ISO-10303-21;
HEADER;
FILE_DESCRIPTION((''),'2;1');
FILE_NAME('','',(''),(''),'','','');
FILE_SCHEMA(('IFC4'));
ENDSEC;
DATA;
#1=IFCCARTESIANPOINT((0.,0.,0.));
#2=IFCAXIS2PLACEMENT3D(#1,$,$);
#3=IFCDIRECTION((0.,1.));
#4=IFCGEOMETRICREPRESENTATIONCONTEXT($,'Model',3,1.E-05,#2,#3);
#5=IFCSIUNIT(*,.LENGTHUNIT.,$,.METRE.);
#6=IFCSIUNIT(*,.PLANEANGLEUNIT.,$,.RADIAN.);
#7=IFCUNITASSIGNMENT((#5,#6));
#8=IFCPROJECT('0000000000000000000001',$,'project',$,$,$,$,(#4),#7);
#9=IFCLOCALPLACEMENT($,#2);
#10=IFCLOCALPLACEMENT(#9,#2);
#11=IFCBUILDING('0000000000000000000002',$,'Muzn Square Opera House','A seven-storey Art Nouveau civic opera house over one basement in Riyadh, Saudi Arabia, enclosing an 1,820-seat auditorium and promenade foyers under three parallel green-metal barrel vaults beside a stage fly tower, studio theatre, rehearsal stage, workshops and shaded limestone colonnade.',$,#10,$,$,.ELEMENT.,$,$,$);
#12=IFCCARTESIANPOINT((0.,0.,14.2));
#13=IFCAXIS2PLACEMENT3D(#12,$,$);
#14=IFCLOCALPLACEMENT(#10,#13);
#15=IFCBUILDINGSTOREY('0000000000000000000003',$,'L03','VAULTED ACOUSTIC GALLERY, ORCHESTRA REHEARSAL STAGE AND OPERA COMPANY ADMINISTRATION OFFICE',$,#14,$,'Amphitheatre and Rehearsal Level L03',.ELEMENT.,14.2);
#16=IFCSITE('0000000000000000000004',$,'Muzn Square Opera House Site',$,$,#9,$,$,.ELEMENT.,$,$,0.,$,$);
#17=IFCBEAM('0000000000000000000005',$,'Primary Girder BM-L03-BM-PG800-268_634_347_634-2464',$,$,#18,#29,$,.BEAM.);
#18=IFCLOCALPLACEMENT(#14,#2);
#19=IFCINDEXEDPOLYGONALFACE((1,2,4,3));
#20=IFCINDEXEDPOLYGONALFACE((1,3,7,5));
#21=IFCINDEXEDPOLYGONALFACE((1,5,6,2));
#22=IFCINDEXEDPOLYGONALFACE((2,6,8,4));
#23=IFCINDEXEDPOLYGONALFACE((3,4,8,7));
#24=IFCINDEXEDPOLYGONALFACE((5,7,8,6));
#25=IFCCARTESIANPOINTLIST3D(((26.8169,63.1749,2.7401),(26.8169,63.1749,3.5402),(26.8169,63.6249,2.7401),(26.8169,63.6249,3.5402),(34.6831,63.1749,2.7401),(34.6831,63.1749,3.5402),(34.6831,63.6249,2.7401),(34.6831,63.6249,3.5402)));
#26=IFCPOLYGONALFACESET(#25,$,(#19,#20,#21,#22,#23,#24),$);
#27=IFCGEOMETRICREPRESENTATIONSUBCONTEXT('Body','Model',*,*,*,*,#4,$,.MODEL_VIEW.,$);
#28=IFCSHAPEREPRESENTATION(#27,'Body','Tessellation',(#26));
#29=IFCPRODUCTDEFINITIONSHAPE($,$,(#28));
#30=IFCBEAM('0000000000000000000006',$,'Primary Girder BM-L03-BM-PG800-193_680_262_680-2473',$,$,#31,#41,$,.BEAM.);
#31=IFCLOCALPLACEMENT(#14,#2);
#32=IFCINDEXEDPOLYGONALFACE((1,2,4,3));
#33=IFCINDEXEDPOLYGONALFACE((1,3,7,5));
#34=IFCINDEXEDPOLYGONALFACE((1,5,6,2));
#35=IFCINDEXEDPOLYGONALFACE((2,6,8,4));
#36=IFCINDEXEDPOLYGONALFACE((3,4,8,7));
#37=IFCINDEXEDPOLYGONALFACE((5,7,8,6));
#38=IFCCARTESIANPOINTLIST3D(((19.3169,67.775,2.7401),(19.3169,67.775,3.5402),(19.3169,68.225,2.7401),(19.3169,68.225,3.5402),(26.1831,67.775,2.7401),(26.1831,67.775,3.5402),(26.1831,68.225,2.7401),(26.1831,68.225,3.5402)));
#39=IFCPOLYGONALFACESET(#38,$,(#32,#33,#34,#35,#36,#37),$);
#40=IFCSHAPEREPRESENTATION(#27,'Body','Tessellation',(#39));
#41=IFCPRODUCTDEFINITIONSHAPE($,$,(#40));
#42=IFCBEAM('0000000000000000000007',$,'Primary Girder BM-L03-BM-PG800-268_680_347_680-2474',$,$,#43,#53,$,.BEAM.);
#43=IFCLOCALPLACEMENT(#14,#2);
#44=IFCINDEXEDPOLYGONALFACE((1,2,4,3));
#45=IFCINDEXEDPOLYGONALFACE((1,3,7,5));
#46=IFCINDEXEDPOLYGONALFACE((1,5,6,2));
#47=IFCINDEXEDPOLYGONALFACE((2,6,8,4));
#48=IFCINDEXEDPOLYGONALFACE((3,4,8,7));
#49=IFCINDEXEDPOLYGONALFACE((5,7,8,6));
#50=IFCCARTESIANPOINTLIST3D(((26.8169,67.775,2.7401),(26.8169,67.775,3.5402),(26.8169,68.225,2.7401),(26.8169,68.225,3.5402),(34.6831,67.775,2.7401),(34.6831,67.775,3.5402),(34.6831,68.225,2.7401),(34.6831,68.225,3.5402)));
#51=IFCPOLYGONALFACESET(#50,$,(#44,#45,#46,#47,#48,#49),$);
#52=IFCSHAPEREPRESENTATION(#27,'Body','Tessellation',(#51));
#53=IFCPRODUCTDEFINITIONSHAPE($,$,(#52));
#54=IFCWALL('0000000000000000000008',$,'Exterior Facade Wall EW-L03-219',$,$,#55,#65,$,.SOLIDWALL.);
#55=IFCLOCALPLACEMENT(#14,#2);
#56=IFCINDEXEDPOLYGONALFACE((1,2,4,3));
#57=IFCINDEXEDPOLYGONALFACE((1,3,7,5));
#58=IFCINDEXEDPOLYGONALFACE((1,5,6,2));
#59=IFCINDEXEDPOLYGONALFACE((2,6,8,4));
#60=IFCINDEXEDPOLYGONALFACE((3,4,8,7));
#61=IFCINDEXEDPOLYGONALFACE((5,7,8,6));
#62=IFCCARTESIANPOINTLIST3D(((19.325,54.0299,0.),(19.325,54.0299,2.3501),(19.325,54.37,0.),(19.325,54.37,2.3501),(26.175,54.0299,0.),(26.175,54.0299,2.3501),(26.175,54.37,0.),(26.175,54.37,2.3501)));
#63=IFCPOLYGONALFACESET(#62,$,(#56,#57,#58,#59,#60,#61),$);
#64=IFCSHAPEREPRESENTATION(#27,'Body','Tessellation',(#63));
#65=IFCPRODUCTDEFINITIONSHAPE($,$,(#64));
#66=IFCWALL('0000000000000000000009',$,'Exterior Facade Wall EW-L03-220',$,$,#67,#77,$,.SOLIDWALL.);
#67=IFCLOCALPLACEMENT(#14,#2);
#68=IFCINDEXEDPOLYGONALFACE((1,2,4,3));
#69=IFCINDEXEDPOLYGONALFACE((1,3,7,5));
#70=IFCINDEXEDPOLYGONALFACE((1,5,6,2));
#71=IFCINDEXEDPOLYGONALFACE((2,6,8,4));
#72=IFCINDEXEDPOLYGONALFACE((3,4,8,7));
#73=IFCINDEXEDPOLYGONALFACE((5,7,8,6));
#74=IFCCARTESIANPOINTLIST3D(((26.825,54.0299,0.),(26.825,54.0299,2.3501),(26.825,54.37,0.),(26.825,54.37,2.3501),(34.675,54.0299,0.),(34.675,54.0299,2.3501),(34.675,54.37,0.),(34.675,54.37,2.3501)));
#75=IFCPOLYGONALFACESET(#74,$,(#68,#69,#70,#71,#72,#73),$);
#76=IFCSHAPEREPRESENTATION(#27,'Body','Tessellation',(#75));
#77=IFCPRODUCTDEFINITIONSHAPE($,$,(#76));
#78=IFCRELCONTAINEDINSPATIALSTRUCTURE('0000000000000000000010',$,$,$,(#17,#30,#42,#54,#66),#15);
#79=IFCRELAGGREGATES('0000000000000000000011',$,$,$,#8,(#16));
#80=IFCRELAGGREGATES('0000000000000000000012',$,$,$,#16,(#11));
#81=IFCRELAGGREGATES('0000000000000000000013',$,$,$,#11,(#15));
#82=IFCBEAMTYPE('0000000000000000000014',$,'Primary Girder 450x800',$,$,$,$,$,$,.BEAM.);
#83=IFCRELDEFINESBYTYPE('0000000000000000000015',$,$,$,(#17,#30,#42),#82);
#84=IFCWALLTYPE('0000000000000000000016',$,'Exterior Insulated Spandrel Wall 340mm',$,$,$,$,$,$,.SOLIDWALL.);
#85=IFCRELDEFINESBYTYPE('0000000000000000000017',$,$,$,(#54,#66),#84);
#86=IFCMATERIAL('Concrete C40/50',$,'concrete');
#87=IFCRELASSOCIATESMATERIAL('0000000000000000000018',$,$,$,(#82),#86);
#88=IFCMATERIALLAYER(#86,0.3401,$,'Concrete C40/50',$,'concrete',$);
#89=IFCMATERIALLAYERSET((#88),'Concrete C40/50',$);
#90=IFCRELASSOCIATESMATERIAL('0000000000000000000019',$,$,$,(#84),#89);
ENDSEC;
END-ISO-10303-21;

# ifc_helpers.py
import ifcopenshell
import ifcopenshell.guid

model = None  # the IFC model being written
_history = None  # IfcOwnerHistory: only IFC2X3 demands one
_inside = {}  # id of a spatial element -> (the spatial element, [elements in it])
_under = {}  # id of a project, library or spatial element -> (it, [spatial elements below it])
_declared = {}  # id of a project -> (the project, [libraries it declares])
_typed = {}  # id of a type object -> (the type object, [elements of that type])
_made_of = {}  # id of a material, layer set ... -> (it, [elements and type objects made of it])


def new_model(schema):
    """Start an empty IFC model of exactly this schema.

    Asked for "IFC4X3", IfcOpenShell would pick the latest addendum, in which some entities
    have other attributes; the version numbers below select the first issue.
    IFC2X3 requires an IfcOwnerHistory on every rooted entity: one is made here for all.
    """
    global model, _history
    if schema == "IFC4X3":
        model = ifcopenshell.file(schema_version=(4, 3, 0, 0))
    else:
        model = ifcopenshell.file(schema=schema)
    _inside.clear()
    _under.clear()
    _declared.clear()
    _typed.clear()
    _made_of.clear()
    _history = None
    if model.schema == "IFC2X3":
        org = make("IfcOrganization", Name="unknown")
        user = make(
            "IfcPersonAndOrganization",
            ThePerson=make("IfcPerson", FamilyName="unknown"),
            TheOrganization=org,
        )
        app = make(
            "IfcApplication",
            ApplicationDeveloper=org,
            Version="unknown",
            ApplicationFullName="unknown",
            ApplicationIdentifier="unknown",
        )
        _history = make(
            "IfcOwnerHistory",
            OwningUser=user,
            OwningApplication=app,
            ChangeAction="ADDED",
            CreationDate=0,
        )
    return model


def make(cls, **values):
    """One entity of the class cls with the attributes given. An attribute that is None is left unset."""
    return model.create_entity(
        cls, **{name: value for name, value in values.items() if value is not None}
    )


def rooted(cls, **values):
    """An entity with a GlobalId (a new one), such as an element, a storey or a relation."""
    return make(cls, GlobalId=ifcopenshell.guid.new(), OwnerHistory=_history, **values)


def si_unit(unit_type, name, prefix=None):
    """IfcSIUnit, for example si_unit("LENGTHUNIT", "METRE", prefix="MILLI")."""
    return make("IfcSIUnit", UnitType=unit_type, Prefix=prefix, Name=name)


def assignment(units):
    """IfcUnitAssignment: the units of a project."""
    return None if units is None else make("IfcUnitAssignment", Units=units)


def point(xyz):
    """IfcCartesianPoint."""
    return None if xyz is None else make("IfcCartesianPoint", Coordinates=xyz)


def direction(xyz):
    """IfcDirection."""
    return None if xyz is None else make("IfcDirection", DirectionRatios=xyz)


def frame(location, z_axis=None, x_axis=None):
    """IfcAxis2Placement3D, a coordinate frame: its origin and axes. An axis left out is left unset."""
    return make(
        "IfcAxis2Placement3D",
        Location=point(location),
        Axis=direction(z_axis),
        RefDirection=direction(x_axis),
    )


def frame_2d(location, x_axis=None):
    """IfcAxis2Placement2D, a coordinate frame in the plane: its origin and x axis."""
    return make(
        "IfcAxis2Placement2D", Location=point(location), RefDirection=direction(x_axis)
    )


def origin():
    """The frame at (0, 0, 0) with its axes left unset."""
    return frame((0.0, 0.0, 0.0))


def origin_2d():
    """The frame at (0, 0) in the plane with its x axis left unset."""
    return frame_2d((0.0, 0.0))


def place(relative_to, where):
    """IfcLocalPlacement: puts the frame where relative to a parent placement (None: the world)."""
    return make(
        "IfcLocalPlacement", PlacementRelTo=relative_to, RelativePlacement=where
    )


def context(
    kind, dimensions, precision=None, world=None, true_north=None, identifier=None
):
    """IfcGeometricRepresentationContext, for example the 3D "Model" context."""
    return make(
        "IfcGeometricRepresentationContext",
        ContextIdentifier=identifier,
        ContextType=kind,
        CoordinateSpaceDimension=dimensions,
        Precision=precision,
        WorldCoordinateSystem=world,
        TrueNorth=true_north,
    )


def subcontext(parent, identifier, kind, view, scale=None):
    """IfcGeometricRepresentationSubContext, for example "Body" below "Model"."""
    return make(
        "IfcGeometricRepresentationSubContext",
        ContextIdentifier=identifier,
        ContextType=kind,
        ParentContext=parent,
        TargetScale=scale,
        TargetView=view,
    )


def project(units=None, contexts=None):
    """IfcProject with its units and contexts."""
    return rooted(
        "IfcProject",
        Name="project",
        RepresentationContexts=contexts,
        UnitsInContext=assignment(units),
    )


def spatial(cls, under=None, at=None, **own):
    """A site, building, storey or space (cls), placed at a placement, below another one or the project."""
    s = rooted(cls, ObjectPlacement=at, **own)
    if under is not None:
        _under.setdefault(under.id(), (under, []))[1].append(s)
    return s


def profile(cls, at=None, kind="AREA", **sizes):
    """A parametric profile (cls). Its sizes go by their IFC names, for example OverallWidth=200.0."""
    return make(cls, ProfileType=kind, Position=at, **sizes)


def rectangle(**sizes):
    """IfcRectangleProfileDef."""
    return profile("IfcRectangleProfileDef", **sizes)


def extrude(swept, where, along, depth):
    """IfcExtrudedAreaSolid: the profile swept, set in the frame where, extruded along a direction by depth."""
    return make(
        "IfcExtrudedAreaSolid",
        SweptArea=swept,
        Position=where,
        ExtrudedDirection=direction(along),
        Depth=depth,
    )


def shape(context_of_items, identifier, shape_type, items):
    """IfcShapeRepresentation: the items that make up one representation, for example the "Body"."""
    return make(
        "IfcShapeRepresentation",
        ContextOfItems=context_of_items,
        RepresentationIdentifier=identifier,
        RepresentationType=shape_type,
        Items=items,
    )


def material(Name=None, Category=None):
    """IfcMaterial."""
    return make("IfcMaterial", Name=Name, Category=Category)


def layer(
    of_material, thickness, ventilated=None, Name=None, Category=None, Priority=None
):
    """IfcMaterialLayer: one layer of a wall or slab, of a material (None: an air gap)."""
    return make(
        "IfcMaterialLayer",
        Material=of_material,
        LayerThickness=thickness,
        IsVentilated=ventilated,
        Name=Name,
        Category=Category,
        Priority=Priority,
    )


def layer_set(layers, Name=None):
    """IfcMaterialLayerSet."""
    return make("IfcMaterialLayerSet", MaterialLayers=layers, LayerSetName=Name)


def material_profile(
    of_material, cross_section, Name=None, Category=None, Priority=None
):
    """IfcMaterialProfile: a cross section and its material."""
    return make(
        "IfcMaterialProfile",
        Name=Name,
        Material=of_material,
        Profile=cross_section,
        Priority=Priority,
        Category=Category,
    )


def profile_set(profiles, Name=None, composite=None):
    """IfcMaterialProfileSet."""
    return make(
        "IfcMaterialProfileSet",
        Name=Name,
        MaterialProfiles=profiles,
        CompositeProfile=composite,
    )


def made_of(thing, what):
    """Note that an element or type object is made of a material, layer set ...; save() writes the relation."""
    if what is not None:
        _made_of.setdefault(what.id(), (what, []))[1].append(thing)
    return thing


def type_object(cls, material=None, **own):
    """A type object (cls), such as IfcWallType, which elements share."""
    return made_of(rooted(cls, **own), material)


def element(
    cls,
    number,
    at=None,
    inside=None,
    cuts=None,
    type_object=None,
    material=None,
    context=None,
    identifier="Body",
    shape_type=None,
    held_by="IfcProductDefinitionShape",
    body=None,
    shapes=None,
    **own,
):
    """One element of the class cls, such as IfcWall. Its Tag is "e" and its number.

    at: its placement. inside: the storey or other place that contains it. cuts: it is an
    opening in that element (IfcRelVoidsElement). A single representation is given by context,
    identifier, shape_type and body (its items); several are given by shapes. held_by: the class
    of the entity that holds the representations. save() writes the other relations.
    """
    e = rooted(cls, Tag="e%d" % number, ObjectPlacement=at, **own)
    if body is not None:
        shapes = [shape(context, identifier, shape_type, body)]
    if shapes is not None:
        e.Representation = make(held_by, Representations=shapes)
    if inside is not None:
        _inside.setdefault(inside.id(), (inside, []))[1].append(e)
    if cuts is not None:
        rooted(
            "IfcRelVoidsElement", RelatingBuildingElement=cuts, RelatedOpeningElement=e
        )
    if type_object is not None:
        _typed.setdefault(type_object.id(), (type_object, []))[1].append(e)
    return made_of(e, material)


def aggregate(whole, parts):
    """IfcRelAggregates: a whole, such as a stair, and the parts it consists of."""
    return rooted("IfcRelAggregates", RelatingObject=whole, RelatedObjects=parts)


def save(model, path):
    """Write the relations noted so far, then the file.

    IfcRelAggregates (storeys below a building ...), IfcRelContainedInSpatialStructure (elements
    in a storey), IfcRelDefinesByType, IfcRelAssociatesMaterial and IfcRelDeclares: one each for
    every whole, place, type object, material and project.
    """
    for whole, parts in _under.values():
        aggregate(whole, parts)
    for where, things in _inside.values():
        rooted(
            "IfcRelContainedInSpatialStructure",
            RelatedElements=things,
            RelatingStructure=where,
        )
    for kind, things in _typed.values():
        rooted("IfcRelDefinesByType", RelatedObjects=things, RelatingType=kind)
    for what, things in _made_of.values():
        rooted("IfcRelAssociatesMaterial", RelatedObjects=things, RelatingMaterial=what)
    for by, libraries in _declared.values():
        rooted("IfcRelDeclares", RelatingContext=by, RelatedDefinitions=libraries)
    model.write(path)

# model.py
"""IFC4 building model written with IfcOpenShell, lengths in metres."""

from ifc_helpers import new_model, si_unit, direction, frame, frame_2d, origin, origin_2d, place, context, subcontext, project, spatial, rectangle, extrude, material, layer, layer_set, material_profile, profile_set, type_object, element, save


model = new_model("IFC4")

# Units and contexts
model_context = context("Model", 3, precision=1e-05, world=origin(), true_north=direction((0.0, 1.0)))
body_context = subcontext(model_context, "Body", "Model", "MODEL_VIEW")
ifc_project = project(units=[si_unit("LENGTHUNIT", "METRE"), si_unit("PLANEANGLEUNIT", "RADIAN")], contexts=[model_context])

# Site, building, storey
site_placement = place(None, origin())
site = spatial("IfcSite", under=ifc_project, at=site_placement, Name="Muzn Square Opera House Site", CompositionType="ELEMENT", RefElevation=0.0)
building_placement = place(site_placement, origin())
building = spatial("IfcBuilding", under=site, at=building_placement, Name="Muzn Square Opera House", Description="A seven-storey Art Nouveau civic opera house over one basement in Riyadh, Saudi Arabia, enclosing an 1,820-seat auditorium and promenade foyers under three parallel green-metal barrel vaults beside a stage fly tower, studio theatre, rehearsal stage, workshops and shaded limestone colonnade.", CompositionType="ELEMENT")
storey_placement = place(building_placement, frame((0.0, 0.0, 14.2)))
storey = spatial("IfcBuildingStorey", under=building, at=storey_placement, Name="L03", Description="VAULTED ACOUSTIC GALLERY, ORCHESTRA REHEARSAL STAGE AND OPERA COMPANY ADMINISTRATION OFFICE", LongName="Amphitheatre and Rehearsal Level L03", CompositionType="ELEMENT", Elevation=14.2)

# Beams
ifc_material_1 = material(Name="Concrete C40/50", Category="concrete")
ifc_material_profile_1 = material_profile(ifc_material_1, rectangle(XDim=0.45, YDim=0.8, at=origin_2d()), Name="RCB 450x800", Category="concrete")
ifc_profile_set_1 = profile_set([ifc_material_profile_1], Name="Concrete C40/50")
beam_type_1 = type_object("IfcBeamType", Name="Primary Girder 450x800", PredefinedType="BEAM", material=ifc_profile_set_1)
beam_1_placement = place(storey_placement, frame((26.8169, 63.3999, 3.1401), z_axis=(1.0, 0.0, 0.0), x_axis=(0.0, 1.0, 0.0)))
element("IfcBeam", 1, at=beam_1_placement, inside=storey, type_object=beam_type_1, Name="Primary Girder BM-L03-BM-PG800-268_634_347_634-2464", PredefinedType="BEAM", context=body_context, shape_type="SweptSolid", body=[
    extrude(rectangle(XDim=0.45, YDim=0.8, at=origin_2d()), origin(), (0.0, 0.0, 1.0), 7.8662),
])
beam_2_placement = place(storey_placement, frame((19.3169, 68.0, 3.1401), z_axis=(1.0, 0.0, 0.0), x_axis=(0.0, 1.0, 0.0)))
element("IfcBeam", 2, at=beam_2_placement, inside=storey, type_object=beam_type_1, Name="Primary Girder BM-L03-BM-PG800-193_680_262_680-2473", PredefinedType="BEAM", context=body_context, shape_type="SweptSolid", body=[
    extrude(rectangle(XDim=0.45, YDim=0.8, at=origin_2d()), origin(), (0.0, 0.0, 1.0), 6.8662),
])
beam_3_placement = place(storey_placement, frame((26.8169, 68.0, 3.1401), z_axis=(1.0, 0.0, 0.0), x_axis=(0.0, 1.0, 0.0)))
element("IfcBeam", 3, at=beam_3_placement, inside=storey, type_object=beam_type_1, Name="Primary Girder BM-L03-BM-PG800-268_680_347_680-2474", PredefinedType="BEAM", context=body_context, shape_type="SweptSolid", body=[
    extrude(rectangle(XDim=0.45, YDim=0.8, at=origin_2d()), origin(), (0.0, 0.0, 1.0), 7.8662),
])

# Walls
ifc_layer = layer(ifc_material_1, 0.3401, Name="Concrete C40/50", Category="concrete")
ifc_layer_set = layer_set([ifc_layer], Name="Concrete C40/50")
wall_type = type_object("IfcWallType", Name="Exterior Insulated Spandrel Wall 340mm", PredefinedType="SOLIDWALL", material=ifc_layer_set)
wall_1_placement = place(storey_placement, frame((19.325, 54.2, 0.0), z_axis=(0.0, 0.0, 1.0), x_axis=(1.0, 0.0, 0.0)))
element("IfcWall", 4, at=wall_1_placement, inside=storey, type_object=wall_type, Name="Exterior Facade Wall EW-L03-219", PredefinedType="SOLIDWALL", context=body_context, shape_type="SweptSolid", body=[
    extrude(rectangle(XDim=6.8501, YDim=0.3401, at=frame_2d((3.425, 0.0))), origin(), (0.0, 0.0, 1.0), 2.3501),
])
wall_2_placement = place(storey_placement, frame((26.825, 54.2, 0.0), z_axis=(0.0, 0.0, 1.0), x_axis=(1.0, 0.0, 0.0)))
element("IfcWall", 5, at=wall_2_placement, inside=storey, type_object=wall_type, Name="Exterior Facade Wall EW-L03-220", PredefinedType="SOLIDWALL", context=body_context, shape_type="SweptSolid", body=[
    extrude(rectangle(XDim=7.8501, YDim=0.3401, at=frame_2d((3.925, 0.0))), origin(), (0.0, 0.0, 1.0), 2.3501),
])

save(model, "model.ifc")
